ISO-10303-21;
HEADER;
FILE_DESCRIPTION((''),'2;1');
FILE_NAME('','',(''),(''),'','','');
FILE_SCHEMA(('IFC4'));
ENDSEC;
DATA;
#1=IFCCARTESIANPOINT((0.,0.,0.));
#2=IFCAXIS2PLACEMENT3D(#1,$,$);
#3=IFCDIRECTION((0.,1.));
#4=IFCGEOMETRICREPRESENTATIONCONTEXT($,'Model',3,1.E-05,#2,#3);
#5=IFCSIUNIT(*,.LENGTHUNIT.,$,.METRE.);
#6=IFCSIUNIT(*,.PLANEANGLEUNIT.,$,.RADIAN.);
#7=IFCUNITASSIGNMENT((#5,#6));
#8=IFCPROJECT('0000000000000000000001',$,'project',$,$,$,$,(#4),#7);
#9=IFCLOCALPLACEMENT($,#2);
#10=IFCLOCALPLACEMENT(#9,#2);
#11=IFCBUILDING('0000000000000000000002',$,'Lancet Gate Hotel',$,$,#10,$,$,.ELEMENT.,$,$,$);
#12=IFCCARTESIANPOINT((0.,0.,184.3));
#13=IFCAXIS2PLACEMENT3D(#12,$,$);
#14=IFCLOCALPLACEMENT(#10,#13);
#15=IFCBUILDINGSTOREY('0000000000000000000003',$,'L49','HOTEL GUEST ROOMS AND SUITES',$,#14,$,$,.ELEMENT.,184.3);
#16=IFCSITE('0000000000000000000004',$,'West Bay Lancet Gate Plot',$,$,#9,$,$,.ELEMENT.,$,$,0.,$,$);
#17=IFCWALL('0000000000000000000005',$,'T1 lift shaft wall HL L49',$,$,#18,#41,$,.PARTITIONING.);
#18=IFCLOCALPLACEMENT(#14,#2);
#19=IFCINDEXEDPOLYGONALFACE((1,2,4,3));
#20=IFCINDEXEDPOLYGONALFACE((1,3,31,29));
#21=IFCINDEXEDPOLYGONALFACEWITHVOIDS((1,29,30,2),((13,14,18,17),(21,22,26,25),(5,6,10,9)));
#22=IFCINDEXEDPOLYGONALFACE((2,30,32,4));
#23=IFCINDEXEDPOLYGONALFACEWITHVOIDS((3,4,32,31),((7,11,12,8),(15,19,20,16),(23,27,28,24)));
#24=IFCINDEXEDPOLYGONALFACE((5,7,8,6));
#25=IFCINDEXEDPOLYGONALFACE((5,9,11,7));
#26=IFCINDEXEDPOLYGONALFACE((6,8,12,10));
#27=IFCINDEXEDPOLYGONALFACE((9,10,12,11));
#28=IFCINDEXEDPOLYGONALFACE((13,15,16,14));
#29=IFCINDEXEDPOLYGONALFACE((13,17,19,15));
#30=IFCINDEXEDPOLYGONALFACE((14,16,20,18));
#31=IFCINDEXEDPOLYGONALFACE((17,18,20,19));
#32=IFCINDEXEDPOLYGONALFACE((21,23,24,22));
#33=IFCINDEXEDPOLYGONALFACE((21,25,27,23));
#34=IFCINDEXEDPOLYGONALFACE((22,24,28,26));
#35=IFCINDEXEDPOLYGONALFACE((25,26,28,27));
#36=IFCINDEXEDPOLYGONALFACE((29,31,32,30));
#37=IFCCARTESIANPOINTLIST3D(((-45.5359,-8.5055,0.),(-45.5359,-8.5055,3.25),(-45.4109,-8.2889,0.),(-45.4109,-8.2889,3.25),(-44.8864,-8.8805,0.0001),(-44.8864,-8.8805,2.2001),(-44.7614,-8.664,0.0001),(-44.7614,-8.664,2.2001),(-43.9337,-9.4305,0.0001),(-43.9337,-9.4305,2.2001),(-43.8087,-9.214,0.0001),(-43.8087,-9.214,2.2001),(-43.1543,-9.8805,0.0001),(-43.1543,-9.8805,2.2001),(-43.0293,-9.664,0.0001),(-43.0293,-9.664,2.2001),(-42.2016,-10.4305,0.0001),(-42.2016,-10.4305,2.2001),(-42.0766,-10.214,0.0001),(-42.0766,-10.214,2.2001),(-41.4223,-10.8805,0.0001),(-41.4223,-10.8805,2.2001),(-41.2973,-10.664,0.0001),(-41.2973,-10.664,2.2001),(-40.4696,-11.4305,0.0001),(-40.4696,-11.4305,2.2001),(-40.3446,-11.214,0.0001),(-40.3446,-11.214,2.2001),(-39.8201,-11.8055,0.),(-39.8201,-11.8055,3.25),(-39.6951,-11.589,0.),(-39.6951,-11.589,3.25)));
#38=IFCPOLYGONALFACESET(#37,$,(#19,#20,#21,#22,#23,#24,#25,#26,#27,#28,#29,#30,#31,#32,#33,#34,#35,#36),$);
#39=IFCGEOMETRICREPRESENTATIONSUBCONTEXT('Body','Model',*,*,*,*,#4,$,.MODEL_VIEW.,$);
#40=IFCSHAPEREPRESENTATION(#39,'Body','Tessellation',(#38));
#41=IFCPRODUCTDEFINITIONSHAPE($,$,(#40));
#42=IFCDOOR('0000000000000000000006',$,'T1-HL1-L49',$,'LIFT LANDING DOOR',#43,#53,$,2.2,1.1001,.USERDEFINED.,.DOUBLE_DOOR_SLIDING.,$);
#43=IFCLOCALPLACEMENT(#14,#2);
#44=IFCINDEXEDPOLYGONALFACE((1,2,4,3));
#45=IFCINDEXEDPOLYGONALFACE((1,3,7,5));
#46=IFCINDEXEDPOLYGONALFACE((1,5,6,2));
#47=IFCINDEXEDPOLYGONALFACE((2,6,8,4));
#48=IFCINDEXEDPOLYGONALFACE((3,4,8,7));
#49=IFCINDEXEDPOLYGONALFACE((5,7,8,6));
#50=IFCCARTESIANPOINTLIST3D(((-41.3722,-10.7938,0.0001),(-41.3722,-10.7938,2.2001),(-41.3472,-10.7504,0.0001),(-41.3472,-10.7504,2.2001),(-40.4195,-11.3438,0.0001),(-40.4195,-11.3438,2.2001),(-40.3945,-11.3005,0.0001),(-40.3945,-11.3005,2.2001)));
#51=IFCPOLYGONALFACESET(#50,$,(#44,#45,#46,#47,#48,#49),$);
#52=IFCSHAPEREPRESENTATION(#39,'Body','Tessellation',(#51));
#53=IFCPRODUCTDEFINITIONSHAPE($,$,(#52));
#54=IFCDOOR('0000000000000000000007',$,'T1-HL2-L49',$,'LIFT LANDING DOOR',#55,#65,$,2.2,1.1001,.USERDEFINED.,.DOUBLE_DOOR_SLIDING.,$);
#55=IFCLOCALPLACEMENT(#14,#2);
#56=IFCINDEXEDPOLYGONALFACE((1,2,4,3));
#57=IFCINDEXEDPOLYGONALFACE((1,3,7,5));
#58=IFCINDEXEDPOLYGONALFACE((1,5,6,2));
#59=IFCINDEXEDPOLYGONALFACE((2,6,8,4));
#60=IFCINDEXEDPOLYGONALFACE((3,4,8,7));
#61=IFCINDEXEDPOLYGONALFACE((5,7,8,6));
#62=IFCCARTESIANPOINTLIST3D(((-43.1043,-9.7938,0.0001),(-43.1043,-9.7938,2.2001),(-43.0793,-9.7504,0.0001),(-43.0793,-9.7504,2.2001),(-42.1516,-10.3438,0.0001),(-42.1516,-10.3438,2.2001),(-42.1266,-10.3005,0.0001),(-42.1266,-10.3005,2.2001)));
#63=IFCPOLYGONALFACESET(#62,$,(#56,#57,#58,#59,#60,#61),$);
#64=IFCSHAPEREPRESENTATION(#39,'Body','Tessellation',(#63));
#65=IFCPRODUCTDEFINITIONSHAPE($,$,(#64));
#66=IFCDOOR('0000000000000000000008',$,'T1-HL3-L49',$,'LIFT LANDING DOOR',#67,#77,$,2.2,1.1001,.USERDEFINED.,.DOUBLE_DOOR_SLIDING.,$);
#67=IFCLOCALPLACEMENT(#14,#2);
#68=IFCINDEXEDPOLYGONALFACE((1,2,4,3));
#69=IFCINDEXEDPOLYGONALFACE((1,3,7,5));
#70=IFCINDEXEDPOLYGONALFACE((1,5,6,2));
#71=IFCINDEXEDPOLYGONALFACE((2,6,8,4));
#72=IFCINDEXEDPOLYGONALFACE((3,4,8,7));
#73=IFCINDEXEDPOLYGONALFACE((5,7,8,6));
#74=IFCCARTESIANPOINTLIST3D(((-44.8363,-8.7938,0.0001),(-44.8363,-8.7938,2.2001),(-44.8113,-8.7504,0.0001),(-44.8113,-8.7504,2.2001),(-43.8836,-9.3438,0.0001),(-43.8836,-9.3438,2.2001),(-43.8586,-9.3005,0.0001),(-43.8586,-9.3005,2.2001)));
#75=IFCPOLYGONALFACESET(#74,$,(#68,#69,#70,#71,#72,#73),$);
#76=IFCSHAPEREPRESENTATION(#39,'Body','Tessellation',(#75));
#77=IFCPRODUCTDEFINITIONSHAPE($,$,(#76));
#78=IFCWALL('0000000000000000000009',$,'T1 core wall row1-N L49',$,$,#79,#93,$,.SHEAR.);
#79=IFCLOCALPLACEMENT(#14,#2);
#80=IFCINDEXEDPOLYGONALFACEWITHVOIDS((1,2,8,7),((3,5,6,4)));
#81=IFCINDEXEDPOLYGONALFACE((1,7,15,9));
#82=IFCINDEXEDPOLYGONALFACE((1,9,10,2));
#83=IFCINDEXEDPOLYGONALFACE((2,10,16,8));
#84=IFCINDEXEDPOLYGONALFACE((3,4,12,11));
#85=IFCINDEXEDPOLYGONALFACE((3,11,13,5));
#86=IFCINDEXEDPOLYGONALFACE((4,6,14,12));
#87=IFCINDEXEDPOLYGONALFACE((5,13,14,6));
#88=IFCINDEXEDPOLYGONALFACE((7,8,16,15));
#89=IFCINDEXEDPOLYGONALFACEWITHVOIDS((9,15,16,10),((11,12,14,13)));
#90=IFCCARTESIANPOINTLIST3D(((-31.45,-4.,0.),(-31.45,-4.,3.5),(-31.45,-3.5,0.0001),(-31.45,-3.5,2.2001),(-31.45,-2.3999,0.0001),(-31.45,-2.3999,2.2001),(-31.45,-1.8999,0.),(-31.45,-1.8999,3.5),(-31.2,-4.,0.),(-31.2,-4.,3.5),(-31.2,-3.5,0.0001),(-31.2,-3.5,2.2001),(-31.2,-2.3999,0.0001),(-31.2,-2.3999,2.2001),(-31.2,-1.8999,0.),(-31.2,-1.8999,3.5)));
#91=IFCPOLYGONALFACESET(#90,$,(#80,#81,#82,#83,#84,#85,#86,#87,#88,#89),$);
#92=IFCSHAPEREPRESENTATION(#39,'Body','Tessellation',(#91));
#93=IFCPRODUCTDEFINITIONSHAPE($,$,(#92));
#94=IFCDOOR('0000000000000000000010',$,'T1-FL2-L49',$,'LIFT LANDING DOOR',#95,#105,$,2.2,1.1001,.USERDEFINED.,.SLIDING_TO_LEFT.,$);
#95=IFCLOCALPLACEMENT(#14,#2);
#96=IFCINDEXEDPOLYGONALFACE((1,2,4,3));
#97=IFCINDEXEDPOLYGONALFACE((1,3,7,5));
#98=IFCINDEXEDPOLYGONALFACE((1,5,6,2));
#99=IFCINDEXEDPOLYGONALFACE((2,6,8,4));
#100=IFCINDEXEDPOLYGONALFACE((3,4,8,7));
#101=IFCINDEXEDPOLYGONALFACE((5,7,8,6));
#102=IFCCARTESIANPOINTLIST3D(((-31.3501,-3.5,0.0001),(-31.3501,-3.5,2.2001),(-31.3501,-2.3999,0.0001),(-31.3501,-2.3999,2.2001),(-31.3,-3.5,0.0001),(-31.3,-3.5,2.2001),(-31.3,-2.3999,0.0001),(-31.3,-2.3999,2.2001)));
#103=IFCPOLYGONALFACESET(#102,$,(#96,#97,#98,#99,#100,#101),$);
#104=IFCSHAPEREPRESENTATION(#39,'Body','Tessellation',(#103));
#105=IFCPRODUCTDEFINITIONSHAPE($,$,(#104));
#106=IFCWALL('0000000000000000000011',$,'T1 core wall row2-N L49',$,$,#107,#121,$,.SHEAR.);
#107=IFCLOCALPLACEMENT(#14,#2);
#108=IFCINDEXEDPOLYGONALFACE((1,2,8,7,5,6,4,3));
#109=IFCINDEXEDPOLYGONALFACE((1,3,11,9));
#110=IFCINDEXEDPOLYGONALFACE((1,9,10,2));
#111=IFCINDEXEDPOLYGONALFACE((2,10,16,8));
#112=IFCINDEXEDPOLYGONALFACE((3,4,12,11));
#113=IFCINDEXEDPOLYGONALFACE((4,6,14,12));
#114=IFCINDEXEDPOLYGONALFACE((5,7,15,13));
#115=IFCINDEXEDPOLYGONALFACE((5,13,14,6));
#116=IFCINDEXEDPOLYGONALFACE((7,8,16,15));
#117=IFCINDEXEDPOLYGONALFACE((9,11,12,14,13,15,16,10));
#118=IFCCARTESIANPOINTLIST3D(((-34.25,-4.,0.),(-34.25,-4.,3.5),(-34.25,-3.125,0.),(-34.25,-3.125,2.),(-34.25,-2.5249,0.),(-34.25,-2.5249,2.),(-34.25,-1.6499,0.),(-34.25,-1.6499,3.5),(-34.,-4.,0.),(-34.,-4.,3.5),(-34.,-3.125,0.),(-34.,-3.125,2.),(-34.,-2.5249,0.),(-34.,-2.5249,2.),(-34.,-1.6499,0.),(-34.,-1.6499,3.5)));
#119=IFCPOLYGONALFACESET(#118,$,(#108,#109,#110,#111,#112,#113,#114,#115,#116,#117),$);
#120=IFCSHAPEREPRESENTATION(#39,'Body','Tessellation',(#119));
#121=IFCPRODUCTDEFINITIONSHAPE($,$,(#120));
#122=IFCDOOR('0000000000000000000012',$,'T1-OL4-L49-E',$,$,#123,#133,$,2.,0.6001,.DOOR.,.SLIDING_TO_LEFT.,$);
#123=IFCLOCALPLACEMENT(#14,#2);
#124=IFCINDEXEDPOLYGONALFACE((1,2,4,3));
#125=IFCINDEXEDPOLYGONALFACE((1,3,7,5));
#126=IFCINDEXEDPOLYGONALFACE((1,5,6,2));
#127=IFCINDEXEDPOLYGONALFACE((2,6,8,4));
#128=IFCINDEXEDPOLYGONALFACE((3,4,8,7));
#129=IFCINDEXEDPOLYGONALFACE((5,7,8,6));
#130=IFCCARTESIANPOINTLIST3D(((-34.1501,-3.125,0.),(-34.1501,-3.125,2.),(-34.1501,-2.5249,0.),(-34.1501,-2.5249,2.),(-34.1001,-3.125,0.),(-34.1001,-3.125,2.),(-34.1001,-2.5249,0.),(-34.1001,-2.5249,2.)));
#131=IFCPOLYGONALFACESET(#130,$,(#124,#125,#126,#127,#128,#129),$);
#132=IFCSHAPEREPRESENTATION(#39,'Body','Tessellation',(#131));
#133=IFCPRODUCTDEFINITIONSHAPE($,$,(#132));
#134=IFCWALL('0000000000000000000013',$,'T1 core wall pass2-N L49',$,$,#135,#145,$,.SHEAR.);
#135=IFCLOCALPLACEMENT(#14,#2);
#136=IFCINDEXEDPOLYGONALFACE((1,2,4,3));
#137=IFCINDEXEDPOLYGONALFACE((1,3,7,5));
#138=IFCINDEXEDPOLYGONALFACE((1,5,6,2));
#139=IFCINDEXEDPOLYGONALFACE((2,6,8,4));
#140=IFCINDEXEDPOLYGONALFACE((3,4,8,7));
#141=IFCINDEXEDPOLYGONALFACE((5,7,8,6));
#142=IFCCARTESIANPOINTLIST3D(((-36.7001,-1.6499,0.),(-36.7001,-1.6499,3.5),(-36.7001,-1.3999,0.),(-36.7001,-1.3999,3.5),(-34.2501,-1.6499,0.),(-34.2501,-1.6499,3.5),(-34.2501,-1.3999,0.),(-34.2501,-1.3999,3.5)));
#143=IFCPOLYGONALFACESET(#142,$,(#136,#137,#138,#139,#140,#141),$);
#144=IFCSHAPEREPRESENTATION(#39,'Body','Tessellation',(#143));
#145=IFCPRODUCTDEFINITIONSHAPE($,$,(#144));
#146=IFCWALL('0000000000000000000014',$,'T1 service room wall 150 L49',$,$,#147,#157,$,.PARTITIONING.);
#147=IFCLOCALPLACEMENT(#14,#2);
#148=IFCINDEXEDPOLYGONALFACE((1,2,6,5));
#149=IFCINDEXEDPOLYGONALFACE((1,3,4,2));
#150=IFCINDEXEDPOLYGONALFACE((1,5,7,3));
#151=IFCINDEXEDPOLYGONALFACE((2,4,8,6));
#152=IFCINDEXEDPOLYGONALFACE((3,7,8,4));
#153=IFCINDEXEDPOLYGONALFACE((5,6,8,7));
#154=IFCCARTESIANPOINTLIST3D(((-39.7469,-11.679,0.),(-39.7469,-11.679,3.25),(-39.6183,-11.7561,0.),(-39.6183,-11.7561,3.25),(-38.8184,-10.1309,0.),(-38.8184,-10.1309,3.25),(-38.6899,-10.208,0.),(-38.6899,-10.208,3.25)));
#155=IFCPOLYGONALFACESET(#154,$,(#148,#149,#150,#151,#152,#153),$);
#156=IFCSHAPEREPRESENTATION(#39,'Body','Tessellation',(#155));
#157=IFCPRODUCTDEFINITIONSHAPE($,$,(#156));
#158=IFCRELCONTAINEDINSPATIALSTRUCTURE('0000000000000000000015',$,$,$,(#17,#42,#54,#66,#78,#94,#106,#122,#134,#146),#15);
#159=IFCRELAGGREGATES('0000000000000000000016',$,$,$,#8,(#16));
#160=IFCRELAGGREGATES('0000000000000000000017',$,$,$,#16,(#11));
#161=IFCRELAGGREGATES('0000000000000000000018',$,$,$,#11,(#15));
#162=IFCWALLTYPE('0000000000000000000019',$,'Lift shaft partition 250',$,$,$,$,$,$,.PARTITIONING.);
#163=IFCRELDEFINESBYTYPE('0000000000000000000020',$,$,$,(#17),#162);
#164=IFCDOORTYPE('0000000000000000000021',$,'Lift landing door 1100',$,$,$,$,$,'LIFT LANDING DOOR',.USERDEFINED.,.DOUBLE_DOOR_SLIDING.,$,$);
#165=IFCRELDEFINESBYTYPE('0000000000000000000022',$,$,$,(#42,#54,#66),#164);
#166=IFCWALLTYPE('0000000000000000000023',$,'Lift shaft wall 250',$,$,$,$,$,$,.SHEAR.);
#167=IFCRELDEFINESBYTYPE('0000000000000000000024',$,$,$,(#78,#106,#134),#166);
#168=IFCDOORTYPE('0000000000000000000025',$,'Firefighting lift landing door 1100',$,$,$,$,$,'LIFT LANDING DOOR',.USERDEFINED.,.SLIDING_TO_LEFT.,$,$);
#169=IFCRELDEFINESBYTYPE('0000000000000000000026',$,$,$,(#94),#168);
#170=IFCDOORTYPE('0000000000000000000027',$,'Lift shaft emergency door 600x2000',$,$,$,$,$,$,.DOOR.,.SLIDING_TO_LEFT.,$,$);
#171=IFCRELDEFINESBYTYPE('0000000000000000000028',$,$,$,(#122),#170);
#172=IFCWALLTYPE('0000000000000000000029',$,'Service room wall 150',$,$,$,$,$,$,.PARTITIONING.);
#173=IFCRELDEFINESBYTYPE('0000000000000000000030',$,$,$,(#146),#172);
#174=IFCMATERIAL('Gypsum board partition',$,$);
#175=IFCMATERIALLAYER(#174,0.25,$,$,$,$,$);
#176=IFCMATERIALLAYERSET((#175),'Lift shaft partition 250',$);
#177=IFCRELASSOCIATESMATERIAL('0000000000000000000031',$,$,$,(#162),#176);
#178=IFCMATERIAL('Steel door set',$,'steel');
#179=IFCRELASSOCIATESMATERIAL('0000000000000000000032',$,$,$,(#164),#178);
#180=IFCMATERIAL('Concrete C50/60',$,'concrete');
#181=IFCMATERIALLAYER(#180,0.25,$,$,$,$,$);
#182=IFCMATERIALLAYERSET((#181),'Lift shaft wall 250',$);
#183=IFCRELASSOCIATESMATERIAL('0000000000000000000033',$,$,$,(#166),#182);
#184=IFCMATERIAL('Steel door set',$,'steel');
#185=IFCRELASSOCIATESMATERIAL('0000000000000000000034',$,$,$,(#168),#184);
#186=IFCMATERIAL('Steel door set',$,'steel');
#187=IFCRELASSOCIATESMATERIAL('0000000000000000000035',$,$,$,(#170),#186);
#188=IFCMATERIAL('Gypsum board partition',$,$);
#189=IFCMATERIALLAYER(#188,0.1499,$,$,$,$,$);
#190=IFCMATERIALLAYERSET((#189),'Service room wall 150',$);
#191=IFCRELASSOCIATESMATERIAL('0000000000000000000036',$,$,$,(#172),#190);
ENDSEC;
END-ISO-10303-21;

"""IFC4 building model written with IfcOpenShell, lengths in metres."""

from ifc_helpers import new_model, si_unit, direction, frame, frame_2d, origin, place, context, subcontext, project, spatial, rectangle, extrude, material, layer, layer_set, type_object, element, fill, save


model = new_model("IFC4")

# Units and contexts
model_context = context("Model", 3, precision=1e-05, world=origin(), true_north=direction((0.0, 1.0)))
body_context = subcontext(model_context, "Body", "Model", "MODEL_VIEW")
ifc_project = project(units=[si_unit("LENGTHUNIT", "METRE"), si_unit("PLANEANGLEUNIT", "RADIAN")], contexts=[model_context])

# Site, building, storey
site_placement = place(None, origin())
site = spatial("IfcSite", under=ifc_project, at=site_placement, Name="West Bay Lancet Gate Plot", CompositionType="ELEMENT", RefElevation=0.0)
building_placement = place(site_placement, origin())
building = spatial("IfcBuilding", under=site, at=building_placement, Name="Lancet Gate Hotel", CompositionType="ELEMENT")
storey_placement = place(building_placement, frame((0.0, 0.0, 184.3)))
storey = spatial("IfcBuildingStorey", under=building, at=storey_placement, Name="L49", Description="HOTEL GUEST ROOMS AND SUITES", CompositionType="ELEMENT", Elevation=184.3)

# Wall, openings, doors
ifc_material_1 = material(Name="Gypsum board partition")
ifc_layer_1 = layer(ifc_material_1, 0.25)
ifc_layer_set_1 = layer_set([ifc_layer_1], Name="Lift shaft partition 250")
wall_type_1 = type_object("IfcWallType", Name="Lift shaft partition 250", PredefinedType="PARTITIONING", material=ifc_layer_set_1)
wall_1_placement = place(storey_placement, frame((-39.7576, -11.6973, 0.0), z_axis=(0.0, 0.0, 1.0), x_axis=(-0.866024, 0.500002, 0.0)))
wall_1 = element("IfcWall", 1, at=wall_1_placement, inside=storey, type_object=wall_type_1, Name="T1 lift shaft wall HL L49", PredefinedType="PARTITIONING", context=body_context, shape_type="SweptSolid", body=[
    extrude(rectangle(XDim=6.6001, YDim=0.25, at=frame_2d((3.3, 0.0))), origin(), (0.0, 0.0, 1.0), 3.25),
])
opening_1_placement = place(wall_1_placement, frame((0.75, 0.0, 0.0)))
opening_1 = element("IfcOpeningElement", 2, at=opening_1_placement, cuts=wall_1, PredefinedType="OPENING", context=body_context, shape_type="SweptSolid", body=[
    extrude(rectangle(XDim=1.1001, YDim=2.2, at=frame_2d((0.55, 1.1001))), frame((0.0, 0.135, 0.0), z_axis=(0.0, -1.0, 0.0), x_axis=(1.0, 0.0, 0.0)), (0.0, 0.0, 1.0), 0.27),
])
opening_2_placement = place(wall_1_placement, frame((2.75, 0.0, 0.0)))
opening_2 = element("IfcOpeningElement", 3, at=opening_2_placement, cuts=wall_1, PredefinedType="OPENING", context=body_context, shape_type="SweptSolid", body=[
    extrude(rectangle(XDim=1.1001, YDim=2.2, at=frame_2d((0.55, 1.1001))), frame((0.0, 0.135, 0.0), z_axis=(0.0, -1.0, 0.0), x_axis=(1.0, 0.0, 0.0)), (0.0, 0.0, 1.0), 0.27),
])
opening_3_placement = place(wall_1_placement, frame((4.75, 0.0, 0.0)))
opening_3 = element("IfcOpeningElement", 4, at=opening_3_placement, cuts=wall_1, PredefinedType="OPENING", context=body_context, shape_type="SweptSolid", body=[
    extrude(rectangle(XDim=1.1001, YDim=2.2, at=frame_2d((0.55, 1.1001))), frame((0.0, 0.135, 0.0), z_axis=(0.0, -1.0, 0.0), x_axis=(1.0, 0.0, 0.0)), (0.0, 0.0, 1.0), 0.27),
])
ifc_material_2 = material(Name="Steel door set", Category="steel")
door_type_1 = type_object("IfcDoorType", Name="Lift landing door 1100", ElementType="LIFT LANDING DOOR", OperationType="DOUBLE_DOOR_SLIDING", PredefinedType="USERDEFINED", material=ifc_material_2)
door_1_placement = place(opening_1_placement, origin())
door_1 = element("IfcDoor", 5, at=door_1_placement, inside=storey, type_object=door_type_1, Name="T1-HL1-L49", ObjectType="LIFT LANDING DOOR", OperationType="DOUBLE_DOOR_SLIDING", OverallHeight=2.2, OverallWidth=1.1001, PredefinedType="USERDEFINED", context=body_context, shape_type="SweptSolid", body=[
    extrude(rectangle(XDim=1.1001, YDim=2.2, at=frame_2d((0.55, 1.1001))), frame((0.0, 0.0249, 0.0), z_axis=(0.0, -1.0, 0.0), x_axis=(1.0, 0.0, 0.0)), (0.0, 0.0, 1.0), 0.05),
])
fill(opening_1, door_1)
door_2_placement = place(opening_2_placement, origin())
door_2 = element("IfcDoor", 6, at=door_2_placement, inside=storey, type_object=door_type_1, Name="T1-HL2-L49", ObjectType="LIFT LANDING DOOR", OperationType="DOUBLE_DOOR_SLIDING", OverallHeight=2.2, OverallWidth=1.1001, PredefinedType="USERDEFINED", context=body_context, shape_type="SweptSolid", body=[
    extrude(rectangle(XDim=1.1001, YDim=2.2, at=frame_2d((0.55, 1.1001))), frame((0.0, 0.0249, 0.0), z_axis=(0.0, -1.0, 0.0), x_axis=(1.0, 0.0, 0.0)), (0.0, 0.0, 1.0), 0.05),
])
fill(opening_2, door_2)
door_3_placement = place(opening_3_placement, origin())
door_3 = element("IfcDoor", 7, at=door_3_placement, inside=storey, type_object=door_type_1, Name="T1-HL3-L49", ObjectType="LIFT LANDING DOOR", OperationType="DOUBLE_DOOR_SLIDING", OverallHeight=2.2, OverallWidth=1.1001, PredefinedType="USERDEFINED", context=body_context, shape_type="SweptSolid", body=[
    extrude(rectangle(XDim=1.1001, YDim=2.2, at=frame_2d((0.55, 1.1001))), frame((0.0, 0.0249, 0.0), z_axis=(0.0, -1.0, 0.0), x_axis=(1.0, 0.0, 0.0)), (0.0, 0.0, 1.0), 0.05),
])
fill(opening_3, door_3)

# Walls, openings, doors
ifc_material_3 = material(Name="Concrete C50/60", Category="concrete")
ifc_layer_2 = layer(ifc_material_3, 0.25)
ifc_layer_set_2 = layer_set([ifc_layer_2], Name="Lift shaft wall 250")
wall_type_2 = type_object("IfcWallType", Name="Lift shaft wall 250", PredefinedType="SHEAR", material=ifc_layer_set_2)
wall_2_placement = place(storey_placement, frame((-31.325, -1.8999, 0.0), z_axis=(0.0, 0.0, 1.0), x_axis=(0.0, -1.0, 0.0)))
wall_2 = element("IfcWall", 8, at=wall_2_placement, inside=storey, type_object=wall_type_2, Name="T1 core wall row1-N L49", PredefinedType="SHEAR", context=body_context, shape_type="SweptSolid", body=[
    extrude(rectangle(XDim=2.1001, YDim=0.25, at=frame_2d((1.05, 0.0))), origin(), (0.0, 0.0, 1.0), 3.5),
])
opening_4_placement = place(wall_2_placement, frame((0.5, 0.0, 0.0)))
opening_4 = element("IfcOpeningElement", 9, at=opening_4_placement, cuts=wall_2, PredefinedType="OPENING", context=body_context, shape_type="SweptSolid", body=[
    extrude(rectangle(XDim=1.1001, YDim=2.2, at=frame_2d((0.55, 1.1001))), frame((0.0, 0.135, 0.0), z_axis=(0.0, -1.0, 0.0), x_axis=(1.0, 0.0, 0.0)), (0.0, 0.0, 1.0), 0.27),
])
ifc_material_4 = material(Name="Steel door set", Category="steel")
door_type_2 = type_object("IfcDoorType", Name="Firefighting lift landing door 1100", ElementType="LIFT LANDING DOOR", OperationType="SLIDING_TO_LEFT", PredefinedType="USERDEFINED", material=ifc_material_4)
door_4_placement = place(opening_4_placement, origin())
door_4 = element("IfcDoor", 10, at=door_4_placement, inside=storey, type_object=door_type_2, Name="T1-FL2-L49", ObjectType="LIFT LANDING DOOR", OperationType="SLIDING_TO_LEFT", OverallHeight=2.2, OverallWidth=1.1001, PredefinedType="USERDEFINED", context=body_context, shape_type="SweptSolid", body=[
    extrude(rectangle(XDim=1.1001, YDim=2.2, at=frame_2d((0.55, 1.1001))), frame((0.0, 0.0249, 0.0), z_axis=(0.0, -1.0, 0.0), x_axis=(1.0, 0.0, 0.0)), (0.0, 0.0, 1.0), 0.05),
])
fill(opening_4, door_4)
wall_3_placement = place(storey_placement, frame((-34.125, -1.6499, 0.0), z_axis=(0.0, 0.0, 1.0), x_axis=(0.0, -1.0, 0.0)))
wall_3 = element("IfcWall", 11, at=wall_3_placement, inside=storey, type_object=wall_type_2, Name="T1 core wall row2-N L49", PredefinedType="SHEAR", context=body_context, shape_type="SweptSolid", body=[
    extrude(rectangle(XDim=2.3501, YDim=0.25, at=frame_2d((1.175, 0.0))), origin(), (0.0, 0.0, 1.0), 3.5),
])
opening_5_placement = place(wall_3_placement, frame((0.875, 0.0, 0.0)))
opening_5 = element("IfcOpeningElement", 12, at=opening_5_placement, cuts=wall_3, PredefinedType="OPENING", context=body_context, shape_type="SweptSolid", body=[
    extrude(rectangle(XDim=0.6001, YDim=2.0, at=frame_2d((0.3, 1.0))), frame((0.0, 0.135, 0.0), z_axis=(0.0, -1.0, 0.0), x_axis=(1.0, 0.0, 0.0)), (0.0, 0.0, 1.0), 0.27),
])
ifc_material_5 = material(Name="Steel door set", Category="steel")
door_type_3 = type_object("IfcDoorType", Name="Lift shaft emergency door 600x2000", OperationType="SLIDING_TO_LEFT", PredefinedType="DOOR", material=ifc_material_5)
door_5_placement = place(opening_5_placement, origin())
door_5 = element("IfcDoor", 13, at=door_5_placement, inside=storey, type_object=door_type_3, Name="T1-OL4-L49-E", OperationType="SLIDING_TO_LEFT", OverallHeight=2.0, OverallWidth=0.6001, PredefinedType="DOOR", context=body_context, shape_type="SweptSolid", body=[
    extrude(rectangle(XDim=0.6001, YDim=2.0, at=frame_2d((0.3, 1.0))), frame((0.0, 0.0249, 0.0), z_axis=(0.0, -1.0, 0.0), x_axis=(1.0, 0.0, 0.0)), (0.0, 0.0, 1.0), 0.05),
])
fill(opening_5, door_5)

# Walls
wall_4_placement = place(storey_placement, frame((-34.25, -1.5249, 0.0), z_axis=(0.0, 0.0, 1.0), x_axis=(-1.0, 0.0, 0.0)))
element("IfcWall", 14, at=wall_4_placement, inside=storey, type_object=wall_type_2, Name="T1 core wall pass2-N L49", PredefinedType="SHEAR", context=body_context, shape_type="SweptSolid", body=[
    extrude(rectangle(XDim=2.45, YDim=0.25, at=frame_2d((1.2251, 0.0))), origin(), (0.0, 0.0, 1.0), 3.5),
])
ifc_material_6 = material(Name="Gypsum board partition")
ifc_layer_3 = layer(ifc_material_6, 0.1499)
ifc_layer_set_3 = layer_set([ifc_layer_3], Name="Service room wall 150")
wall_type_3 = type_object("IfcWallType", Name="Service room wall 150", PredefinedType="PARTITIONING", material=ifc_layer_set_3)
wall_5_placement = place(storey_placement, frame((-39.6826, -11.7175, 0.0), z_axis=(0.0, 0.0, 1.0), x_axis=(0.514337, 0.857588, 0.0)))
element("IfcWall", 15, at=wall_5_placement, inside=storey, type_object=wall_type_3, Name="T1 service room wall 150 L49", PredefinedType="PARTITIONING", context=body_context, shape_type="SweptSolid", body=[
    extrude(rectangle(XDim=1.8052, YDim=0.1499, at=frame_2d((0.9026, 0.0))), origin(), (0.0, 0.0, 1.0), 3.25),
])

save(model, "model.ifc")
